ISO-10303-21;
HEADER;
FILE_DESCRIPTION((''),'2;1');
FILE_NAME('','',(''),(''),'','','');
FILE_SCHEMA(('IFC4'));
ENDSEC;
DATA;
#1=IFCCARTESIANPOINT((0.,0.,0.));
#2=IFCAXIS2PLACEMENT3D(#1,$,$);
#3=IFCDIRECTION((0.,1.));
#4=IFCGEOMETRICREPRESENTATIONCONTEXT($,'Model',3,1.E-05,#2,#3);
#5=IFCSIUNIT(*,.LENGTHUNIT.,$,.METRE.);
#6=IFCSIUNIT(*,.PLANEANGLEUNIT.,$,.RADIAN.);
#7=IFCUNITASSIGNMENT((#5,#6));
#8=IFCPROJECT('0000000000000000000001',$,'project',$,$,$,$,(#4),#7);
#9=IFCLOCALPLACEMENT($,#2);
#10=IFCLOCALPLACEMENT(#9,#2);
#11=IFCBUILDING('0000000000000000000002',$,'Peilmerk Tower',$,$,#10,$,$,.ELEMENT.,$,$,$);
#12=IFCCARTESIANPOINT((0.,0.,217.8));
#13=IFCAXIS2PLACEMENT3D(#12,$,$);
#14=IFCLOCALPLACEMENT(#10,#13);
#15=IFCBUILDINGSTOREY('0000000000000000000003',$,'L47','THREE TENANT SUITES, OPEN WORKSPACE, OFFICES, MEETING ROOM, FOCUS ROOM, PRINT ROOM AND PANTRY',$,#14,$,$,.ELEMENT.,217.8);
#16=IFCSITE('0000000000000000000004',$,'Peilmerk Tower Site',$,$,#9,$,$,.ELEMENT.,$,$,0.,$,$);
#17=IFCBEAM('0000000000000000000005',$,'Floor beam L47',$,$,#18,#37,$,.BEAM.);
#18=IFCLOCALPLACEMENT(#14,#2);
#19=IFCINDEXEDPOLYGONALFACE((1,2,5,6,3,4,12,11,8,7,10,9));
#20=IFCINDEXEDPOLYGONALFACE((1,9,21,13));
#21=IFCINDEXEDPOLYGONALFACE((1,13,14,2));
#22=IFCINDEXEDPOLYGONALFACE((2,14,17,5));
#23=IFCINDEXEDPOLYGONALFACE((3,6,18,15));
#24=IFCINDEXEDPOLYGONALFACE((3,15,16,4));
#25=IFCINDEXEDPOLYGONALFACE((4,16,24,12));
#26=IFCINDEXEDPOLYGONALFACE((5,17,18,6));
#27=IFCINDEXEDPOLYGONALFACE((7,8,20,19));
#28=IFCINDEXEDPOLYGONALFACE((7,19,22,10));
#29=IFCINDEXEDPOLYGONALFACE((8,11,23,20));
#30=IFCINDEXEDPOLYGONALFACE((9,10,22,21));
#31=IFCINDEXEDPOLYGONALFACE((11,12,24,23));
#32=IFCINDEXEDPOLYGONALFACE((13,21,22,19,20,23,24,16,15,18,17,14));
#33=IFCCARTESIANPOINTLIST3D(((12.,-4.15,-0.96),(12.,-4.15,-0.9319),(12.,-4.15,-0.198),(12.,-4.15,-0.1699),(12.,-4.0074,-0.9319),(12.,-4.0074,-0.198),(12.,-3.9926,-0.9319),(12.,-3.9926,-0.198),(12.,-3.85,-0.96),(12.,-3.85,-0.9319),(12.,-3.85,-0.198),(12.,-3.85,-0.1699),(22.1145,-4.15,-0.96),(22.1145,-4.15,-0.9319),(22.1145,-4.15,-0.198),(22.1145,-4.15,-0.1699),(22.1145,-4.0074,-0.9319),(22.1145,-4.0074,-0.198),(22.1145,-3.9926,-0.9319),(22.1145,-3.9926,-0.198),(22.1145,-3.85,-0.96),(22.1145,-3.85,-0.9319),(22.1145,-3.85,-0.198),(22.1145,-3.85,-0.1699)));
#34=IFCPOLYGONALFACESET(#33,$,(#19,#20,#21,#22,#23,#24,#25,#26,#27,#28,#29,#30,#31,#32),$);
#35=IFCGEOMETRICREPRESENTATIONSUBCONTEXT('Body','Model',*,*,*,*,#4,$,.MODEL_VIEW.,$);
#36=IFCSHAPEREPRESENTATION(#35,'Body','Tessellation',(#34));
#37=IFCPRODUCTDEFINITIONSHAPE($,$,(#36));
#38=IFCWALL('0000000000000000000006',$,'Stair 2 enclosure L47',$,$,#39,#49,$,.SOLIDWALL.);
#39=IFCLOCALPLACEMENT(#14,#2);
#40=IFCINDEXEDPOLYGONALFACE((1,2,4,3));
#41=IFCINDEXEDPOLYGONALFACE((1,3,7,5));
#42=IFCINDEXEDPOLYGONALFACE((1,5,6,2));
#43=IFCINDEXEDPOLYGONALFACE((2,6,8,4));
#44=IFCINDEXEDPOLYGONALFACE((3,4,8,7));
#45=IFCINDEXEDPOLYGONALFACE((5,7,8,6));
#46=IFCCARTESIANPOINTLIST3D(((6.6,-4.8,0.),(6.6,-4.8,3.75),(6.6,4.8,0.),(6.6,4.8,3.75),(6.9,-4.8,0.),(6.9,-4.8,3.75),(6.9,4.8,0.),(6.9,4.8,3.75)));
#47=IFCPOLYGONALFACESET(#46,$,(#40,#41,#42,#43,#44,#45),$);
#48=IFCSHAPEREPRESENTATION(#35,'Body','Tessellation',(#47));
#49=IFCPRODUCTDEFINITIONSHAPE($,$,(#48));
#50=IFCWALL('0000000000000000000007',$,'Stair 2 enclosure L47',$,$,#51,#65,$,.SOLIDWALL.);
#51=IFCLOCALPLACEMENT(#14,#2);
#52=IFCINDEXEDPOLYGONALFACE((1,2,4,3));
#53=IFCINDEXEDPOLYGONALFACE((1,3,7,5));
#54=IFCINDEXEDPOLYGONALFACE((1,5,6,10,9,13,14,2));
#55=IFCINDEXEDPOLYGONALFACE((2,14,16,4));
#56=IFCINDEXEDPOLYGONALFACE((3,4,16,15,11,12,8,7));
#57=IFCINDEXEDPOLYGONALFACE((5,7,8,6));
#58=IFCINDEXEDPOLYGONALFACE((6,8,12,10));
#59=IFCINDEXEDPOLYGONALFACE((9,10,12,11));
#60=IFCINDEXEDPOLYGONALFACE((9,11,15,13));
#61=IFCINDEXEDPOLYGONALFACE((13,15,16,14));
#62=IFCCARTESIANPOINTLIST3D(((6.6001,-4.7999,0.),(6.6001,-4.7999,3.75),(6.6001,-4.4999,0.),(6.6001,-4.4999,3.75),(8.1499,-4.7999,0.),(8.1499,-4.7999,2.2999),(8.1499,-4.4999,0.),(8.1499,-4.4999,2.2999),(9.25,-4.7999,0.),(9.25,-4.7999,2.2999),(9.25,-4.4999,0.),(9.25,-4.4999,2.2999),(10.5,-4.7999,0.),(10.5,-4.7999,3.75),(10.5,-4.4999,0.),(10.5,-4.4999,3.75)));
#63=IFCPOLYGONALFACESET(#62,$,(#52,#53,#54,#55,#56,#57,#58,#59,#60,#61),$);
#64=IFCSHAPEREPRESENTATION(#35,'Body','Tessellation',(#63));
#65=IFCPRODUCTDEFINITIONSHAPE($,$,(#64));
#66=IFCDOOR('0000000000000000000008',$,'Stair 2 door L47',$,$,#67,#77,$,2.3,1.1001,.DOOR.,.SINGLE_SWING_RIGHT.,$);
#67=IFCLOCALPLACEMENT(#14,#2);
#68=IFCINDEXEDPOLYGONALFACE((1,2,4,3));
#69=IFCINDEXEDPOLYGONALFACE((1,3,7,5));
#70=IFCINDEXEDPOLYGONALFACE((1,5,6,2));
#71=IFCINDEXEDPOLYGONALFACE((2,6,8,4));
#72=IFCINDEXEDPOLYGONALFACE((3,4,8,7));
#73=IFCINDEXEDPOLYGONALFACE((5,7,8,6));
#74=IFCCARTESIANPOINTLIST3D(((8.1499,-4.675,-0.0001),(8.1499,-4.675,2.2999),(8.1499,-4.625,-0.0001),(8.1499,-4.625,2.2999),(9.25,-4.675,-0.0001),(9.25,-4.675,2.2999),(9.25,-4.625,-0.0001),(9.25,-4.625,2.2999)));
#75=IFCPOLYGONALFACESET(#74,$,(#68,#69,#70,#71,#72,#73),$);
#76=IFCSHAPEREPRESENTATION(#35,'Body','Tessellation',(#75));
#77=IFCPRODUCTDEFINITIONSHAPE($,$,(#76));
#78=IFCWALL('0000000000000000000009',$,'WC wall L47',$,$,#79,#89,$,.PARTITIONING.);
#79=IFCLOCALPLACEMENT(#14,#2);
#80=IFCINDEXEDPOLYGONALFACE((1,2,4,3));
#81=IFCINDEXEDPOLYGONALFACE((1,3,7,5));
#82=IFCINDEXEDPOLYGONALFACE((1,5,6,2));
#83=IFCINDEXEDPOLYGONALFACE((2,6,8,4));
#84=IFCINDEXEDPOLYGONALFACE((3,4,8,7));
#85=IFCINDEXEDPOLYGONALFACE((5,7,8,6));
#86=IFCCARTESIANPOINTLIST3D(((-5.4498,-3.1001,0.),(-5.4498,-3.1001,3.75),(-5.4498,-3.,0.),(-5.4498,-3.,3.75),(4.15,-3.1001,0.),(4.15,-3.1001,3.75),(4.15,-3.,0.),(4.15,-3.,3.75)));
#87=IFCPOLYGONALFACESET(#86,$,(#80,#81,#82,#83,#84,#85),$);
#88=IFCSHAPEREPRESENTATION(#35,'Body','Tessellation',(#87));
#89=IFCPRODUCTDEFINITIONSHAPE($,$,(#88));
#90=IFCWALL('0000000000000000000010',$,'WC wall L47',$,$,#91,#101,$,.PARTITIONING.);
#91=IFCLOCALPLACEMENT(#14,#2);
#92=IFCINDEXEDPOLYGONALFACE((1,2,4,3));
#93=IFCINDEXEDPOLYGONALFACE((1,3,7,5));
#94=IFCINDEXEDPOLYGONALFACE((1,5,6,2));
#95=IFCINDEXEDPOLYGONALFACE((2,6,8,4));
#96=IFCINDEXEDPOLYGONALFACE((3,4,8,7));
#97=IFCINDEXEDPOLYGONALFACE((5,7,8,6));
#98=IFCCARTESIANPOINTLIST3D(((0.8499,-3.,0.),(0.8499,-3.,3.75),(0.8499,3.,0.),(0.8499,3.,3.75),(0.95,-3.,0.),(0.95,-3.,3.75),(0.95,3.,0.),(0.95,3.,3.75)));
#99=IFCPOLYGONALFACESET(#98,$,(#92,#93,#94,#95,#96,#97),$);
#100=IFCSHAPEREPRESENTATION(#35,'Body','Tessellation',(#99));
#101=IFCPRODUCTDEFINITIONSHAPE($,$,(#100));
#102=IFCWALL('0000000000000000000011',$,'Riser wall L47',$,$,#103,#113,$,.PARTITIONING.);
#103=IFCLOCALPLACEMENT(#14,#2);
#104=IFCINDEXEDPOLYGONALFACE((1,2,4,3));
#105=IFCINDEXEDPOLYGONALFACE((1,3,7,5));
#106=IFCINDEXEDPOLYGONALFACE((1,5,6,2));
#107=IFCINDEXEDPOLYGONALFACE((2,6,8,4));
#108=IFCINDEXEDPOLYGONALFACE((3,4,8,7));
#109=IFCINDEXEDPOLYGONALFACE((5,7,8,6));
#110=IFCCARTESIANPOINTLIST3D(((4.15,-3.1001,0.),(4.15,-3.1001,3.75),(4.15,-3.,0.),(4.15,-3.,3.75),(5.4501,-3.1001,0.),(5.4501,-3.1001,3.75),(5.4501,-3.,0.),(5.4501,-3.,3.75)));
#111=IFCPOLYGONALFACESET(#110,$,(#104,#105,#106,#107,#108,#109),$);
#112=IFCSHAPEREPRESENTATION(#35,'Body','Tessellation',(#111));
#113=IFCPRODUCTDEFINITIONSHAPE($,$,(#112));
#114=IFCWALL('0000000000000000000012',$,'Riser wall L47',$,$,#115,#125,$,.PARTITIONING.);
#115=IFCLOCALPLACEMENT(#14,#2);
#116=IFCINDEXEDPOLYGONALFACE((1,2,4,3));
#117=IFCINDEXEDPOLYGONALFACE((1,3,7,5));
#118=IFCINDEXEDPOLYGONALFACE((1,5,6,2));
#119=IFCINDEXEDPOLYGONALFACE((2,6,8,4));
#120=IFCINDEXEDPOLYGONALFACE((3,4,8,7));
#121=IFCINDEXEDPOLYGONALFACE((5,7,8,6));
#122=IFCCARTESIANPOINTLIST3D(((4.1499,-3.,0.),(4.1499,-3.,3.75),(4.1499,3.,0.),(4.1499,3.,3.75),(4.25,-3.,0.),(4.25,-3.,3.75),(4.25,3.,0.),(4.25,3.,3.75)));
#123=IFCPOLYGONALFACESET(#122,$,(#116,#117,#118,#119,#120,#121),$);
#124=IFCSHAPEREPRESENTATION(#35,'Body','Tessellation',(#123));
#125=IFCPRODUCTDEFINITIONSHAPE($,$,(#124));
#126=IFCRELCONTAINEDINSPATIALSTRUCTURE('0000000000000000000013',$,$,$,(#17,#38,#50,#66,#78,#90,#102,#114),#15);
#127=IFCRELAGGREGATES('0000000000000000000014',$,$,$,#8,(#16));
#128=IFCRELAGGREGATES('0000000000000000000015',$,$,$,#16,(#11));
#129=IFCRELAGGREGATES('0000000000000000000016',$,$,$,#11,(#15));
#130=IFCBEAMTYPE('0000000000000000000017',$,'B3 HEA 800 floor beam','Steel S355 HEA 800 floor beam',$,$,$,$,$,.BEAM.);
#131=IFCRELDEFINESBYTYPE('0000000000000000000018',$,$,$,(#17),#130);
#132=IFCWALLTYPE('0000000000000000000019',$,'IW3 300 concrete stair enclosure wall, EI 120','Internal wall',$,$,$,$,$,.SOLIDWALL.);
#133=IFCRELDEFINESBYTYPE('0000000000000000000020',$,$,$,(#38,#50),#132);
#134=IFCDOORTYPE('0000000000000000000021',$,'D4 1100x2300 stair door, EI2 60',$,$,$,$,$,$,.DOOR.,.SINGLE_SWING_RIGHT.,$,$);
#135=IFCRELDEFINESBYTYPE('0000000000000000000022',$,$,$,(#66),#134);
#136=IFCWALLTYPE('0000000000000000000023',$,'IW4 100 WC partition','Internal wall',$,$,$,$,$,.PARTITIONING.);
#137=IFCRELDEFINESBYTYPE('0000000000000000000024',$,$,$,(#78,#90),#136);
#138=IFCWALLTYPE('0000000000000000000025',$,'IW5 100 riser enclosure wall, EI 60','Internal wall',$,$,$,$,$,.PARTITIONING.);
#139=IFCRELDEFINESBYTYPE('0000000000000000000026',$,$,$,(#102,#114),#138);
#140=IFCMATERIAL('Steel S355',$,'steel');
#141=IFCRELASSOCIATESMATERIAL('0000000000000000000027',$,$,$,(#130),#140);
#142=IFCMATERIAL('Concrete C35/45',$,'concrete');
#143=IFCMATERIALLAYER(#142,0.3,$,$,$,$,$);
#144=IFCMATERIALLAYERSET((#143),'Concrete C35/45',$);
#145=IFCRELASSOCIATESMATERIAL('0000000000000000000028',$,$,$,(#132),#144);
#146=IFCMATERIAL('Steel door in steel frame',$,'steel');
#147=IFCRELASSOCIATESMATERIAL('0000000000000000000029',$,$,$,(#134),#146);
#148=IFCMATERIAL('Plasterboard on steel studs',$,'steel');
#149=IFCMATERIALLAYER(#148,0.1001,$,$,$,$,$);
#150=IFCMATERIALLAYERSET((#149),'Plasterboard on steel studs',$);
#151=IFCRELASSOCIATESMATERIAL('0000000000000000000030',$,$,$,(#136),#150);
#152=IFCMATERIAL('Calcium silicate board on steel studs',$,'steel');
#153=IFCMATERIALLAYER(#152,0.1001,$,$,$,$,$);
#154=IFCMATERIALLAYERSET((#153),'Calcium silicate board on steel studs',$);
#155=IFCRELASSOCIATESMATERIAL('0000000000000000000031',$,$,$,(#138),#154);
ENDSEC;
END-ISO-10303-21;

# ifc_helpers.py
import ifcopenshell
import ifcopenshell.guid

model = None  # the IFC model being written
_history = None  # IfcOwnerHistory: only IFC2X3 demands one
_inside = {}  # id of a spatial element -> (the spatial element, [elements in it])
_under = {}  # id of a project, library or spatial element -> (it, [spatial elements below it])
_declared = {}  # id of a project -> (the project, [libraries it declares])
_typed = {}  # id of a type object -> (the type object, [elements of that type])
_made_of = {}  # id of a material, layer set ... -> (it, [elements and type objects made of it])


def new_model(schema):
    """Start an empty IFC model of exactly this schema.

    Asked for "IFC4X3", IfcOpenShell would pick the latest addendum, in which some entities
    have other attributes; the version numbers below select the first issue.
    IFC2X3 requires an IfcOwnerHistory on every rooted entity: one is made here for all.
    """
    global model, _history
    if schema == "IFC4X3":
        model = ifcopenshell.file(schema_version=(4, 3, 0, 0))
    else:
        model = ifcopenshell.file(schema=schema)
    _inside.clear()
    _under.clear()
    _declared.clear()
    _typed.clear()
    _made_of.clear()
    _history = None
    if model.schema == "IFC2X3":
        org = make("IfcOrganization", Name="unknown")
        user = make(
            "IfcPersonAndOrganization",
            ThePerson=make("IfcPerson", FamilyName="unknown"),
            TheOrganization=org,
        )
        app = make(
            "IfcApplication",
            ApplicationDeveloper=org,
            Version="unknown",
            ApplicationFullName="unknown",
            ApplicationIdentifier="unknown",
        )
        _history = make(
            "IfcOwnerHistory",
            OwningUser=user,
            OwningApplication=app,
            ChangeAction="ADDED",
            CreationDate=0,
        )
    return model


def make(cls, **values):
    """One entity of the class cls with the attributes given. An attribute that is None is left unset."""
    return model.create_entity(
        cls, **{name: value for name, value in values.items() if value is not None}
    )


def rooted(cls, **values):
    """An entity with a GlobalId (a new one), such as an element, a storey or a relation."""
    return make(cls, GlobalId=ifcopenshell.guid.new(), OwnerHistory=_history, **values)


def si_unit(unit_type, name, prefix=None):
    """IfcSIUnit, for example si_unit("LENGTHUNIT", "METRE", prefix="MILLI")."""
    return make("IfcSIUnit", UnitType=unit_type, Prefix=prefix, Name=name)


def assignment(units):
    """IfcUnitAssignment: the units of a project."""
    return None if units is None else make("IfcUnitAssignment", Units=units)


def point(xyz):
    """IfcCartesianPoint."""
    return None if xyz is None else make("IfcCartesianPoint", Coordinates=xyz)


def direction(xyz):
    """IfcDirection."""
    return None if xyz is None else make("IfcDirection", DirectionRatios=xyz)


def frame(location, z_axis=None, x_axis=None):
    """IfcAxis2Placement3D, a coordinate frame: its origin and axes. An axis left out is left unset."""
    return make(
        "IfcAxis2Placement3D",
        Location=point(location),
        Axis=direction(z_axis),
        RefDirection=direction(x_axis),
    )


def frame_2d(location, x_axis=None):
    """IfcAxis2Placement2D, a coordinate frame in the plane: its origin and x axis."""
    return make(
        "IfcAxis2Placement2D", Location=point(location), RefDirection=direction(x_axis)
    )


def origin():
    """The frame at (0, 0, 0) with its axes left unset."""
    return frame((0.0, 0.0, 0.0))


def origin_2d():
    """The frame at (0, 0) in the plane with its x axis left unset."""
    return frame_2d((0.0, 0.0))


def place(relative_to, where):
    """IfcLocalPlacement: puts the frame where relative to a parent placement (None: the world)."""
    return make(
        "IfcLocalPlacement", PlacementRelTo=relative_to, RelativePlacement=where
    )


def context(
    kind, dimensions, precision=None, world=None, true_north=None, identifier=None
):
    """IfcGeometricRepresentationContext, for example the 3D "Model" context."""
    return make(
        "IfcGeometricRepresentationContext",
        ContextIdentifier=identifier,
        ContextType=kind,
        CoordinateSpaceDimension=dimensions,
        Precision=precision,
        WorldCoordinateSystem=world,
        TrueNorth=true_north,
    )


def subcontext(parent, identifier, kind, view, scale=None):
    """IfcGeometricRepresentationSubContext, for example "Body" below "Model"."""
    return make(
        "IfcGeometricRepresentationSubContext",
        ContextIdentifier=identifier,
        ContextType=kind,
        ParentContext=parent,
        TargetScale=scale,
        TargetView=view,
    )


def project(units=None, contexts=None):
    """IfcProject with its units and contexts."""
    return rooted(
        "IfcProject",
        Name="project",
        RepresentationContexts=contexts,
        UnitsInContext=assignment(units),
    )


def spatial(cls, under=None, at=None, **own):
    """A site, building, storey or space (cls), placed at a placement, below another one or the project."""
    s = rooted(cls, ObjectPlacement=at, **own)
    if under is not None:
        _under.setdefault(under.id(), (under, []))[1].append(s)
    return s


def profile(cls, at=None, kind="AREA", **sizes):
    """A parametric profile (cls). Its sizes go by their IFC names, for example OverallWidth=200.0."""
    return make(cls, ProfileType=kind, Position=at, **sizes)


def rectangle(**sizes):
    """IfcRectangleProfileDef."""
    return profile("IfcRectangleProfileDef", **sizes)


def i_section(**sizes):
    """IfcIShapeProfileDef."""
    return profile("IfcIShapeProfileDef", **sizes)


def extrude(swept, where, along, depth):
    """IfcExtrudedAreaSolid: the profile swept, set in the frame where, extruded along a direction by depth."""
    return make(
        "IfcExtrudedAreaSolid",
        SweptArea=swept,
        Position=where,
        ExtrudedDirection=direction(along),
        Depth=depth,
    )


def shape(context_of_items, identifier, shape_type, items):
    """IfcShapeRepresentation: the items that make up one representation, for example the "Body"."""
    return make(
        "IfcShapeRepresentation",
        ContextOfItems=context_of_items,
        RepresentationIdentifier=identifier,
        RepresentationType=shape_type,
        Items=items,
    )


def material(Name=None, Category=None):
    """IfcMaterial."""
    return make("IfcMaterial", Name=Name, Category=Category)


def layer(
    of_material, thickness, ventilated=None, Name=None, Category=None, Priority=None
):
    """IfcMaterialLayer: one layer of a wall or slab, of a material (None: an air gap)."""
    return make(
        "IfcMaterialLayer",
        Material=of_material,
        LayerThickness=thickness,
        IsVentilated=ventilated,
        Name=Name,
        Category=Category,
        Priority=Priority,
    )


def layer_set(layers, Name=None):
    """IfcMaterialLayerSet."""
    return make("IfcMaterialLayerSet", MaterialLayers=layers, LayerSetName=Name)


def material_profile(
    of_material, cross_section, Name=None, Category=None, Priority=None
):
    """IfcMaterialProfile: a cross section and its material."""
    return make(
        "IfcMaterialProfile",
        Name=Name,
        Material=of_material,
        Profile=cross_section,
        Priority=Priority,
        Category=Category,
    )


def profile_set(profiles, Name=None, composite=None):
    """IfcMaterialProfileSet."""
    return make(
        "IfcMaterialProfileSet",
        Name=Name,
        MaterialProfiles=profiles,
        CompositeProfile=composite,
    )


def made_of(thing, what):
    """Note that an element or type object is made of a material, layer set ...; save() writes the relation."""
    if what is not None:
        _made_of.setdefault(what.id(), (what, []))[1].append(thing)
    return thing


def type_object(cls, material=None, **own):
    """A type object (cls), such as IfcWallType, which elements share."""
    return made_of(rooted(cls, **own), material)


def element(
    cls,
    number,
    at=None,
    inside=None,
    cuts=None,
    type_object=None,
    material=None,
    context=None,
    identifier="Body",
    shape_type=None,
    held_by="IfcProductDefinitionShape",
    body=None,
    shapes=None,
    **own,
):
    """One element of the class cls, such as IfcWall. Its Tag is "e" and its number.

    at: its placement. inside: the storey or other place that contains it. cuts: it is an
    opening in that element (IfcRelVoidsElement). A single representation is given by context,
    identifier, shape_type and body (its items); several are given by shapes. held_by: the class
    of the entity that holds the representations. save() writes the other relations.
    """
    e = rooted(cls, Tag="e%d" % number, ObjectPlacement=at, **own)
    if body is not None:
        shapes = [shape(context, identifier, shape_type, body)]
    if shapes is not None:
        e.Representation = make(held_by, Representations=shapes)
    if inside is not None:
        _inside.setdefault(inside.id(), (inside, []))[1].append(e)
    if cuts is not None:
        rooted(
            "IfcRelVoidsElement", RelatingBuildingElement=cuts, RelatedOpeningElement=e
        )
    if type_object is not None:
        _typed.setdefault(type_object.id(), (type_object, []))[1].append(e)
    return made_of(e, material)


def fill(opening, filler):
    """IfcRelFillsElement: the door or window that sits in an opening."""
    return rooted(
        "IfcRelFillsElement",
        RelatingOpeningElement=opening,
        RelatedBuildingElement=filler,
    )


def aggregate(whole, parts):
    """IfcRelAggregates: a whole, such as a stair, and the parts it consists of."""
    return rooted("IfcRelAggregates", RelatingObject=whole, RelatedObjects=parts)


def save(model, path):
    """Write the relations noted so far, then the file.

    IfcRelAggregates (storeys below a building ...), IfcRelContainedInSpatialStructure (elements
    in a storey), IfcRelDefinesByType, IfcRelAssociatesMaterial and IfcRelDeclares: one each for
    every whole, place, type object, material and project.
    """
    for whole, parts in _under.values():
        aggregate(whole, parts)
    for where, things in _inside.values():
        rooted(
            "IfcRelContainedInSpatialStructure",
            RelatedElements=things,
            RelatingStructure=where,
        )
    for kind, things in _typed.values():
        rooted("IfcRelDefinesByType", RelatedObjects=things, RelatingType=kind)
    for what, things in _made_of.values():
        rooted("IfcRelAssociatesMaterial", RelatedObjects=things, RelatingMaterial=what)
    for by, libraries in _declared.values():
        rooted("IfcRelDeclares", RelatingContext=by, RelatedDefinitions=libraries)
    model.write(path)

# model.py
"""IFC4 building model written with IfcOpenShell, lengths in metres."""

from ifc_helpers import new_model, si_unit, direction, frame, frame_2d, origin, origin_2d, place, context, subcontext, project, spatial, rectangle, i_section, extrude, material, layer, layer_set, material_profile, profile_set, type_object, element, fill, save


model = new_model("IFC4")

# Units and contexts
model_context = context("Model", 3, precision=1e-05, world=origin(), true_north=direction((0.0, 1.0)))
body_context = subcontext(model_context, "Body", "Model", "MODEL_VIEW")
ifc_project = project(units=[si_unit("LENGTHUNIT", "METRE"), si_unit("PLANEANGLEUNIT", "RADIAN")], contexts=[model_context])

# Site, building, storey
site_placement = place(None, origin())
site = spatial("IfcSite", under=ifc_project, at=site_placement, Name="Peilmerk Tower Site", CompositionType="ELEMENT", RefElevation=0.0)
building_placement = place(site_placement, origin())
building = spatial("IfcBuilding", under=site, at=building_placement, Name="Peilmerk Tower", CompositionType="ELEMENT")
storey_placement = place(building_placement, frame((0.0, 0.0, 217.8)))
storey = spatial("IfcBuildingStorey", under=building, at=storey_placement, Name="L47", Description="THREE TENANT SUITES, OPEN WORKSPACE, OFFICES, MEETING ROOM, FOCUS ROOM, PRINT ROOM AND PANTRY", CompositionType="ELEMENT", Elevation=217.8)

# Beam
ifc_material_1 = material(Name="Steel S355", Category="steel")
ifc_material_profile = material_profile(ifc_material_1, i_section(OverallWidth=0.3, OverallDepth=0.79, WebThickness=0.0149, FlangeThickness=0.0281, at=origin_2d()), Name="HEA 800")
ifc_profile_set = profile_set([ifc_material_profile], Name="Steel S355")
beam_type = type_object("IfcBeamType", Name="B3 HEA 800 floor beam", Description="Steel S355 HEA 800 floor beam", PredefinedType="BEAM", material=ifc_profile_set)
beam_placement = place(storey_placement, frame((12.0, -4.0, -0.5649), z_axis=(1.0, 0.0, 0.0), x_axis=(0.0, 1.0, 0.0)))
element("IfcBeam", 1, at=beam_placement, inside=storey, type_object=beam_type, Name="Floor beam L47", PredefinedType="BEAM", context=body_context, shape_type="SweptSolid", body=[
    extrude(i_section(OverallWidth=0.3, OverallDepth=0.79, WebThickness=0.0149, FlangeThickness=0.0281, at=origin_2d()), origin(), (0.0, 0.0, 1.0), 10.1145),
])

# Wall
ifc_material_2 = material(Name="Concrete C35/45", Category="concrete")
ifc_layer_1 = layer(ifc_material_2, 0.3)
ifc_layer_set_1 = layer_set([ifc_layer_1], Name="Concrete C35/45")
wall_type_1 = type_object("IfcWallType", Name="IW3 300 concrete stair enclosure wall, EI 120", Description="Internal wall", PredefinedType="SOLIDWALL", material=ifc_layer_set_1)
wall_1_placement = place(storey_placement, frame((6.75, -4.8, 0.0), z_axis=(0.0, 0.0, 1.0), x_axis=(0.0, 1.0, 0.0)))
element("IfcWall", 2, at=wall_1_placement, inside=storey, type_object=wall_type_1, Name="Stair 2 enclosure L47", PredefinedType="SOLIDWALL", context=body_context, shape_type="SweptSolid", body=[
    extrude(rectangle(XDim=9.6001, YDim=0.3, at=frame_2d((4.8, 0.0))), origin(), (0.0, 0.0, 1.0), 3.75),
])

# Wall, opening, door
wall_2_placement = place(storey_placement, frame((10.5, -4.6499, 0.0), z_axis=(0.0, 0.0, 1.0), x_axis=(-1.0, 0.0, 0.0)))
wall_2 = element("IfcWall", 3, at=wall_2_placement, inside=storey, type_object=wall_type_1, Name="Stair 2 enclosure L47", PredefinedType="SOLIDWALL", context=body_context, shape_type="SweptSolid", body=[
    extrude(rectangle(XDim=3.8999, YDim=0.3, at=frame_2d((1.95, 0.0))), origin(), (0.0, 0.0, 1.0), 3.75),
])
opening_1_placement = place(wall_2_placement, frame((1.25, 0.0, 0.0)))
opening_1 = element("IfcOpeningElement", 4, at=opening_1_placement, cuts=wall_2, PredefinedType="OPENING", context=body_context, shape_type="SweptSolid", body=[
    extrude(rectangle(XDim=1.1001, YDim=2.3, at=frame_2d((0.55, 1.1499))), frame((0.0, 0.1599, 0.0), z_axis=(0.0, -1.0, 0.0), x_axis=(1.0, 0.0, 0.0)), (0.0, 0.0, 1.0), 0.3201),
])
ifc_material_3 = material(Name="Steel door in steel frame", Category="steel")
door_type_1 = type_object("IfcDoorType", Name="D4 1100x2300 stair door, EI2 60", OperationType="SINGLE_SWING_RIGHT", PredefinedType="DOOR", material=ifc_material_3)
door_1_placement = place(opening_1_placement, frame((1.1001, 0.0, 0.0), z_axis=(0.0, 0.0, 1.0), x_axis=(-1.0, 0.0, 0.0)))
door_1 = element("IfcDoor", 5, at=door_1_placement, inside=storey, type_object=door_type_1, Name="Stair 2 door L47", OperationType="SINGLE_SWING_RIGHT", OverallHeight=2.3, OverallWidth=1.1001, PredefinedType="DOOR", context=body_context, shape_type="SweptSolid", body=[
    extrude(rectangle(XDim=1.1001, YDim=2.3, at=frame_2d((0.55, 1.1499))), frame((0.0, 0.0249, 0.0), z_axis=(0.0, -1.0, 0.0), x_axis=(1.0, 0.0, 0.0)), (0.0, 0.0, 1.0), 0.05),
])
fill(opening_1, door_1)

# Walls
ifc_material_4 = material(Name="Plasterboard on steel studs", Category="steel")
ifc_layer_2 = layer(ifc_material_4, 0.1001)
ifc_layer_set_2 = layer_set([ifc_layer_2], Name="Plasterboard on steel studs")
wall_type_2 = type_object("IfcWallType", Name="IW4 100 WC partition", Description="Internal wall", PredefinedType="PARTITIONING", material=ifc_layer_set_2)
wall_3_placement = place(storey_placement, frame((4.1499, -3.05, 0.0), z_axis=(0.0, 0.0, 1.0), x_axis=(-1.0, 0.0, 0.0)))
element("IfcWall", 6, at=wall_3_placement, inside=storey, type_object=wall_type_2, Name="WC wall L47", PredefinedType="PARTITIONING", context=body_context, shape_type="SweptSolid", body=[
    extrude(rectangle(XDim=9.5999, YDim=0.1001, at=frame_2d((4.7998, 0.0))), origin(), (0.0, 0.0, 1.0), 3.75),
])
wall_4_placement = place(storey_placement, frame((0.8999, -3.0, 0.0), z_axis=(0.0, 0.0, 1.0), x_axis=(0.0, 1.0, 0.0)))
element("IfcWall", 7, at=wall_4_placement, inside=storey, type_object=wall_type_2, Name="WC wall L47", PredefinedType="PARTITIONING", context=body_context, shape_type="SweptSolid", body=[
    extrude(rectangle(XDim=6.0, YDim=0.1001, at=frame_2d((3.0, 0.0))), origin(), (0.0, 0.0, 1.0), 3.75),
])
ifc_material_5 = material(Name="Calcium silicate board on steel studs", Category="steel")
ifc_layer_3 = layer(ifc_material_5, 0.1001)
ifc_layer_set_3 = layer_set([ifc_layer_3], Name="Calcium silicate board on steel studs")
wall_type_3 = type_object("IfcWallType", Name="IW5 100 riser enclosure wall, EI 60", Description="Internal wall", PredefinedType="PARTITIONING", material=ifc_layer_set_3)
wall_5_placement = place(storey_placement, frame((5.45, -3.05, 0.0), z_axis=(0.0, 0.0, 1.0), x_axis=(-1.0, 0.0, 0.0)))
element("IfcWall", 8, at=wall_5_placement, inside=storey, type_object=wall_type_3, Name="Riser wall L47", PredefinedType="PARTITIONING", context=body_context, shape_type="SweptSolid", body=[
    extrude(rectangle(XDim=1.3, YDim=0.1001, at=frame_2d((0.6499, 0.0))), origin(), (0.0, 0.0, 1.0), 3.75),
])
wall_6_placement = place(storey_placement, frame((4.2, -3.0, 0.0), z_axis=(0.0, 0.0, 1.0), x_axis=(0.0, 1.0, 0.0)))
element("IfcWall", 9, at=wall_6_placement, inside=storey, type_object=wall_type_3, Name="Riser wall L47", PredefinedType="PARTITIONING", context=body_context, shape_type="SweptSolid", body=[
    extrude(rectangle(XDim=6.0, YDim=0.1001, at=frame_2d((3.0, 0.0))), origin(), (0.0, 0.0, 1.0), 3.75),
])

save(model, "model.ifc")
